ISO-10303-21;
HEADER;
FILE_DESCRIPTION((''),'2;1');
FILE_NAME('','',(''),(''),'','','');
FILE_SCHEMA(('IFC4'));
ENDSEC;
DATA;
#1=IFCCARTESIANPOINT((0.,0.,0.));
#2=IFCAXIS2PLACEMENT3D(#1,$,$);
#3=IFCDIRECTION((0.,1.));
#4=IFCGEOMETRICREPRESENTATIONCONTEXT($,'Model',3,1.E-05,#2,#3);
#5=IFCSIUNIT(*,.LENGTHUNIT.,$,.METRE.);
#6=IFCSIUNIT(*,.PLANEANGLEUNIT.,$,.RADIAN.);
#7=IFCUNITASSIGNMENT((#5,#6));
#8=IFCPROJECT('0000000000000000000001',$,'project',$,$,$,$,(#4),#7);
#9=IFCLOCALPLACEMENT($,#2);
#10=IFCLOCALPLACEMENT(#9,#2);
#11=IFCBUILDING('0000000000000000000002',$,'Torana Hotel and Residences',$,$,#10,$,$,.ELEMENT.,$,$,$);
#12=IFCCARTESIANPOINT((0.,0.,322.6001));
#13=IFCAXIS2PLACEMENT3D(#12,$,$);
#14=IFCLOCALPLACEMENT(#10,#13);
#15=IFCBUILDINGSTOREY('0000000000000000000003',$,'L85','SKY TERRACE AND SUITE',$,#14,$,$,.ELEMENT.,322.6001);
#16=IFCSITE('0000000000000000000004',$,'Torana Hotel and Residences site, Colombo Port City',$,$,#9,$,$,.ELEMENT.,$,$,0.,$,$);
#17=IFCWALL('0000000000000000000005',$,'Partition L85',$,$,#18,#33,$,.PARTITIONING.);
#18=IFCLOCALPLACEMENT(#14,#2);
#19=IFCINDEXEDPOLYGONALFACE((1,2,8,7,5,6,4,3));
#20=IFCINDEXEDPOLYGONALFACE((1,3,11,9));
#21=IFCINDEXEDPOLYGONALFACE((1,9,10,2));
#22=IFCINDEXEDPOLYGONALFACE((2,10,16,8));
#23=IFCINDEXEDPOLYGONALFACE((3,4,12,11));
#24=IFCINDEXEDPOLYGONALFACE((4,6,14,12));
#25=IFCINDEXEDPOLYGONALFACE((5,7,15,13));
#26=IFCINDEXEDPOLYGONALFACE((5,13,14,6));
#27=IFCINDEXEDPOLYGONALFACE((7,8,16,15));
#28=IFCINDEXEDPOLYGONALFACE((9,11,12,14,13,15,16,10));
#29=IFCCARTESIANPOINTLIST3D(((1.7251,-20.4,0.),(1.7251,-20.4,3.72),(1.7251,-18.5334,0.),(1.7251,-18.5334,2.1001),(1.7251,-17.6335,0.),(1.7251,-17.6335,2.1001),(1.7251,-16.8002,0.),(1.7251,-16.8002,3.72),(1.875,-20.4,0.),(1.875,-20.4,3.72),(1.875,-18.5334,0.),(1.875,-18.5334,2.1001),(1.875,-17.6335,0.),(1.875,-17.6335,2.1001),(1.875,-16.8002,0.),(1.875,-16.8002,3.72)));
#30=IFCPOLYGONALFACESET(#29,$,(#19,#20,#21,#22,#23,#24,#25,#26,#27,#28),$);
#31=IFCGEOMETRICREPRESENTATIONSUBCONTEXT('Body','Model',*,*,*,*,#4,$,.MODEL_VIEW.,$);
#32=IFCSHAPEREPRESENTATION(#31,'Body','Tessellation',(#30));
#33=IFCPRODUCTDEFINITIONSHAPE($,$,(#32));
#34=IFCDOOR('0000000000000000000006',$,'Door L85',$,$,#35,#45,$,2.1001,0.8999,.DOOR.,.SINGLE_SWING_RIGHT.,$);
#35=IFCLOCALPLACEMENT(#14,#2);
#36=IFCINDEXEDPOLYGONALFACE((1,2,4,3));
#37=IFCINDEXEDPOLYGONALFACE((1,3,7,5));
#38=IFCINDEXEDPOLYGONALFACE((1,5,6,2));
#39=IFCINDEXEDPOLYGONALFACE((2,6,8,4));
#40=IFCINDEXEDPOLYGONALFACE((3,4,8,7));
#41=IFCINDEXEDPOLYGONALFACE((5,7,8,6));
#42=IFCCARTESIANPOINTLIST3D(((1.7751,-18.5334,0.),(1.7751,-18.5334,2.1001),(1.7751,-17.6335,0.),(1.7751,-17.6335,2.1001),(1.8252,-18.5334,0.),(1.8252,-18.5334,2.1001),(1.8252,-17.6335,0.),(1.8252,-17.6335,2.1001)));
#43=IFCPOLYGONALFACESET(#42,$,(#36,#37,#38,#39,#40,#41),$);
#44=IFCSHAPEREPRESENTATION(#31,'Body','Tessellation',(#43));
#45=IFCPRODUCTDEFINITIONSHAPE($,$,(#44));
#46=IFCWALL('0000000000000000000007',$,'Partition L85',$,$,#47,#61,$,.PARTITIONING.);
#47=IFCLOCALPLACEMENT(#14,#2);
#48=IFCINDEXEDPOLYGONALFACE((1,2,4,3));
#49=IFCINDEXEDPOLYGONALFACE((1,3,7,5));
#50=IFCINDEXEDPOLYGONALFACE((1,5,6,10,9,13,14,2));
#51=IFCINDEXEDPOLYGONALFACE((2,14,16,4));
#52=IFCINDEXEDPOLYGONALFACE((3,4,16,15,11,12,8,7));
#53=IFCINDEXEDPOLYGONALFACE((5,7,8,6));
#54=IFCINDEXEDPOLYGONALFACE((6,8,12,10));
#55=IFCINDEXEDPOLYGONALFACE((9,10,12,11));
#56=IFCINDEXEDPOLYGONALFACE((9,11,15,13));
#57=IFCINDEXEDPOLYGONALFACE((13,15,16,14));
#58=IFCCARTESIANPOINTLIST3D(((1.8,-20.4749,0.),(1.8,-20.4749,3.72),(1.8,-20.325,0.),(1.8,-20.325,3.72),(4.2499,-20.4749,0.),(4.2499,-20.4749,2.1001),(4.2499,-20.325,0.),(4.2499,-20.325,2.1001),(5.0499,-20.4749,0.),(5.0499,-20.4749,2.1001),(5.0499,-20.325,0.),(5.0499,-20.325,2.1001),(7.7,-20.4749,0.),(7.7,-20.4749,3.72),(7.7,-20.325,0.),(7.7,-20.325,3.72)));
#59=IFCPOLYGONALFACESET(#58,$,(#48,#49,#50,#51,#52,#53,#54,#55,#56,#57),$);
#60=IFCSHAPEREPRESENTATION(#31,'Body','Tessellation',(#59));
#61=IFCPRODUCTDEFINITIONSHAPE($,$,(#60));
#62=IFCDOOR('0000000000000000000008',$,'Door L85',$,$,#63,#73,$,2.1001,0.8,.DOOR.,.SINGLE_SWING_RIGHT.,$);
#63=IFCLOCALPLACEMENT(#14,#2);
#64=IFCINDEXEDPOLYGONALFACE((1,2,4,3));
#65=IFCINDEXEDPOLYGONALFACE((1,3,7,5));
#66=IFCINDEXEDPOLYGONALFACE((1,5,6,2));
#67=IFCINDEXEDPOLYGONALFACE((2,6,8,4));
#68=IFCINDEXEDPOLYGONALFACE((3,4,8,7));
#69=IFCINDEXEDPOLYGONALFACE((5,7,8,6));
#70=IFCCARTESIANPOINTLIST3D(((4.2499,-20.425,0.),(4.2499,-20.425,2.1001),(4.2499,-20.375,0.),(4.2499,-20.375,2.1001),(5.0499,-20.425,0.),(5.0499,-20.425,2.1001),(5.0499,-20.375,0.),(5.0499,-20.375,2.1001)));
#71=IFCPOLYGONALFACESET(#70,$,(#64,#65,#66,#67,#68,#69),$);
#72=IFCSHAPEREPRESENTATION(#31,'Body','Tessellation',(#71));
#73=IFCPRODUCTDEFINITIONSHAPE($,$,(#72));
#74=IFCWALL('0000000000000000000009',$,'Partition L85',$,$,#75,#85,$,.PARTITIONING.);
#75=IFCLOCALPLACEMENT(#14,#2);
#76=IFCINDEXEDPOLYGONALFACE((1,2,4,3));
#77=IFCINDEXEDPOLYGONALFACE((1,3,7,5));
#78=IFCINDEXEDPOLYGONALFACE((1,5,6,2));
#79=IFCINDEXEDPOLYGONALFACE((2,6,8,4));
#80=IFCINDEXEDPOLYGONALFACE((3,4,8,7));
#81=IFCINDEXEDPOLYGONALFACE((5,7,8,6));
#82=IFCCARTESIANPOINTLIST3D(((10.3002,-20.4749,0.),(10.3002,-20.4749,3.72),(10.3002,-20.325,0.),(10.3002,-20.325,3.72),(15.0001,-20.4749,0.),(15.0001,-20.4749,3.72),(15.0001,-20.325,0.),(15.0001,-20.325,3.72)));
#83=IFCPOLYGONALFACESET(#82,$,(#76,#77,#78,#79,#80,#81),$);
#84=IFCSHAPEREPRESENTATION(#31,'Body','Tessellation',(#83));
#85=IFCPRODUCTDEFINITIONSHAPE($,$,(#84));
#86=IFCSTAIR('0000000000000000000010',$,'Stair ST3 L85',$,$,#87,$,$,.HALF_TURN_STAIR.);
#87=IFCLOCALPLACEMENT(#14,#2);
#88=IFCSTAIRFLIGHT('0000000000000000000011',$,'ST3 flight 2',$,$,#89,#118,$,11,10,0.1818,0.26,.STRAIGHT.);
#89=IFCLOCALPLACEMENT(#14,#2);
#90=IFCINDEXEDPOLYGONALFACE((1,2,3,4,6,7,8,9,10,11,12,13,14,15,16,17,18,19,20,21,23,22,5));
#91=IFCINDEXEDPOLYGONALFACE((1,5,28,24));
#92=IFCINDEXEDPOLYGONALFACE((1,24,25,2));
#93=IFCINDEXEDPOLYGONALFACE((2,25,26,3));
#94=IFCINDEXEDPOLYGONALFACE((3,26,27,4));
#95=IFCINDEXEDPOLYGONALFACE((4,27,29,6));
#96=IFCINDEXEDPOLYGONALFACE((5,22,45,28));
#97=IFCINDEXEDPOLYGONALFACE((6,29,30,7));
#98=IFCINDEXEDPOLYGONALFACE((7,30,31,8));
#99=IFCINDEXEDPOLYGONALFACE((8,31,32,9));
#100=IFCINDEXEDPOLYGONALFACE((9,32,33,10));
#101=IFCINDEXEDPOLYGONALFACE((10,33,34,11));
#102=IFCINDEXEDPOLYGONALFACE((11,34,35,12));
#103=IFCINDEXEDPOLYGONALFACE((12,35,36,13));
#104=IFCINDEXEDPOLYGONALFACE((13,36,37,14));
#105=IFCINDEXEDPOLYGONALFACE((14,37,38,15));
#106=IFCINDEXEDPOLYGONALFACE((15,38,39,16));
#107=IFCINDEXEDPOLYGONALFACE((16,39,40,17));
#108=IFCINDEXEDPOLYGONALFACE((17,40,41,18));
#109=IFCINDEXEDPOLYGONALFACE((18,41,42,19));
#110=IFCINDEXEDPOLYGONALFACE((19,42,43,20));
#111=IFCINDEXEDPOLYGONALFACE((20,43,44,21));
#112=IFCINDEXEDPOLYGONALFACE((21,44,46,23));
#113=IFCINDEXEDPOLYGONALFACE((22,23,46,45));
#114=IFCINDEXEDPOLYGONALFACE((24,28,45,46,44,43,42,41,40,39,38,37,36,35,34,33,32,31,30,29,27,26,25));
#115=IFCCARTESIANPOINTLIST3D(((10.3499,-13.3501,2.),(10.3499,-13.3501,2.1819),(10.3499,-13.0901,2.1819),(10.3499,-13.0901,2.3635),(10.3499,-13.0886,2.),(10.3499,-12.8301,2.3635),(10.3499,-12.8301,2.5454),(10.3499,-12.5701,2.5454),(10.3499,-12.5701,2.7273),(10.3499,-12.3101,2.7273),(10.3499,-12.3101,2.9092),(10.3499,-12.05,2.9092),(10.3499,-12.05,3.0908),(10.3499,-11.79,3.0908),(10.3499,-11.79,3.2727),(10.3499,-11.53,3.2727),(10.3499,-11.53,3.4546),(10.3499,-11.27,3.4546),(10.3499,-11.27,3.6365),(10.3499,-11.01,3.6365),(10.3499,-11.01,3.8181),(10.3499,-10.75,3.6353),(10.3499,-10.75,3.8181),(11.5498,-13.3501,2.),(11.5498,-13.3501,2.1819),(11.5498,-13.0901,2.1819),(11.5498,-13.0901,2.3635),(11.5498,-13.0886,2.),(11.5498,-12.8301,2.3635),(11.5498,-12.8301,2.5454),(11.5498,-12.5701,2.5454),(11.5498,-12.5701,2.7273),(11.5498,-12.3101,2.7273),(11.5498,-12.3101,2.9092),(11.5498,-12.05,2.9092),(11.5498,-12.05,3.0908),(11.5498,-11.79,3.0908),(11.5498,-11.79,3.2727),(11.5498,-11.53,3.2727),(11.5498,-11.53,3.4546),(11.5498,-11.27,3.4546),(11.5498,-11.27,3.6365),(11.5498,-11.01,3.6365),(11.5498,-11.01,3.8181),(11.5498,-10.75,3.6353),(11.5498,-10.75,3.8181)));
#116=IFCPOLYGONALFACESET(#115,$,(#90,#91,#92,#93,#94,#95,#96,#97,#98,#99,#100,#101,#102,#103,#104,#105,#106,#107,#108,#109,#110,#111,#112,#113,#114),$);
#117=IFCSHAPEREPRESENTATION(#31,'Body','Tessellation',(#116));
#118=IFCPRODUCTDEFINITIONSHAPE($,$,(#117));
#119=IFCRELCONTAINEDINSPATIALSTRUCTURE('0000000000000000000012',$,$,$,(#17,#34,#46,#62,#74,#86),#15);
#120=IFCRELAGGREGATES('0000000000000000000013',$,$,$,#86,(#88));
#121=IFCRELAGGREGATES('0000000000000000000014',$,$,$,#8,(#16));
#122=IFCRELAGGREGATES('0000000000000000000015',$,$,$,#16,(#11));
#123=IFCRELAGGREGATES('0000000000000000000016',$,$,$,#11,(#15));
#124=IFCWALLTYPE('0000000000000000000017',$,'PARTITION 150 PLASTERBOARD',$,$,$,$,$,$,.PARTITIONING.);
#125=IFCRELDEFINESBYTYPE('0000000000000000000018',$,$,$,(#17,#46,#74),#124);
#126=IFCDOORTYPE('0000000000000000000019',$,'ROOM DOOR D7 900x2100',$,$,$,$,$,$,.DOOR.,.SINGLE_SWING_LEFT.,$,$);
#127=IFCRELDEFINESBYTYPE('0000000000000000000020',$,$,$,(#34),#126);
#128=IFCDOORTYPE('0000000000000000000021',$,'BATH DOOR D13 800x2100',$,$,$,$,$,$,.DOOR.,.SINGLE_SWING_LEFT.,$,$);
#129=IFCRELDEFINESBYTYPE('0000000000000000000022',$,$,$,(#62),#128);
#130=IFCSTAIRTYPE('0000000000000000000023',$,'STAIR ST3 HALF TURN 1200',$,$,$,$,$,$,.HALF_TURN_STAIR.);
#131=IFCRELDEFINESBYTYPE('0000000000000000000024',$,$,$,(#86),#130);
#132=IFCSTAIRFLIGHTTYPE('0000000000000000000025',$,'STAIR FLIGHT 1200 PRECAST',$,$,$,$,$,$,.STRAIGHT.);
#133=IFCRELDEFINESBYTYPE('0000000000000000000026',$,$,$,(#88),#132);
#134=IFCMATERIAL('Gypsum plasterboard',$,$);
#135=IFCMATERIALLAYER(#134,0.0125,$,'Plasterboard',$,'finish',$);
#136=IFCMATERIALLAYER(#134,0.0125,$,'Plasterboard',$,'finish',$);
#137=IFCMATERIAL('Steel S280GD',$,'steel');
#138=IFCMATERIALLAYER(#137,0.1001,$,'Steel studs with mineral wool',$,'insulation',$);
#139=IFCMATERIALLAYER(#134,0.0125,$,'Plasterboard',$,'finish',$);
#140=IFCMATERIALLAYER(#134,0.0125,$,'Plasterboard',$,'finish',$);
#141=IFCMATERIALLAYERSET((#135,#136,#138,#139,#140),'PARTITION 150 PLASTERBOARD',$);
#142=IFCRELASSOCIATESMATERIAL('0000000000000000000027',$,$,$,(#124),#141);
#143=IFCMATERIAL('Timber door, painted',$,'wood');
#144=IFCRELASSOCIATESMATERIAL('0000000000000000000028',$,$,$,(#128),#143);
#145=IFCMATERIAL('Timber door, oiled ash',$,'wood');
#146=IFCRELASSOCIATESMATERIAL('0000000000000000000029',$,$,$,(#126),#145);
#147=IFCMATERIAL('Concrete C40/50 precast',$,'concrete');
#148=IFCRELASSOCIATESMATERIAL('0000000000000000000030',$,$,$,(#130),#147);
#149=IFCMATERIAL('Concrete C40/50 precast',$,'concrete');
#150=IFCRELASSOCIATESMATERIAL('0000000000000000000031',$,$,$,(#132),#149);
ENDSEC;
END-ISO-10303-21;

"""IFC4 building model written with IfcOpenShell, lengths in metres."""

from ifc_helpers import new_model, si_unit, direction, frame, frame_2d, origin, place, context, subcontext, project, spatial, polyline, rectangle, outline, extrude, material, layer, layer_set, type_object, element, fill, aggregate, save


model = new_model("IFC4")

# Units and contexts
model_context = context("Model", 3, precision=1e-05, world=origin(), true_north=direction((0.0, 1.0)))
body_context = subcontext(model_context, "Body", "Model", "MODEL_VIEW")
ifc_project = project(units=[si_unit("LENGTHUNIT", "METRE"), si_unit("PLANEANGLEUNIT", "RADIAN")], contexts=[model_context])

# Site, building, storey
site_placement = place(None, origin())
site = spatial("IfcSite", under=ifc_project, at=site_placement, Name="Torana Hotel and Residences site, Colombo Port City", CompositionType="ELEMENT", RefElevation=0.0)
building_placement = place(site_placement, origin())
building = spatial("IfcBuilding", under=site, at=building_placement, Name="Torana Hotel and Residences", CompositionType="ELEMENT")
storey_placement = place(building_placement, frame((0.0, 0.0, 322.6001)))
storey = spatial("IfcBuildingStorey", under=building, at=storey_placement, Name="L85", Description="SKY TERRACE AND SUITE", CompositionType="ELEMENT", Elevation=322.6001)

# Shared definitions
ifc_material_1 = material(Name="Gypsum plasterboard")
ifc_layer_1 = layer(ifc_material_1, 0.0125, Name="Plasterboard", Category="finish")
ifc_layer_2 = layer(ifc_material_1, 0.0125, Name="Plasterboard", Category="finish")
ifc_material_2 = material(Name="Steel S280GD", Category="steel")
ifc_layer_3 = layer(ifc_material_2, 0.1001, Name="Steel studs with mineral wool", Category="insulation")
ifc_layer_4 = layer(ifc_material_1, 0.0125, Name="Plasterboard", Category="finish")
ifc_layer_5 = layer(ifc_material_1, 0.0125, Name="Plasterboard", Category="finish")
ifc_layer_set_1 = layer_set([ifc_layer_1, ifc_layer_2, ifc_layer_3, ifc_layer_4, ifc_layer_5], Name="PARTITION 150 PLASTERBOARD")
wall_type_1 = type_object("IfcWallType", Name="PARTITION 150 PLASTERBOARD", PredefinedType="PARTITIONING", material=ifc_layer_set_1)

# Shared definitions
ifc_material_3 = material(Name="Timber door, painted", Category="wood")
door_type_1 = type_object("IfcDoorType", Name="BATH DOOR D13 800x2100", OperationType="SINGLE_SWING_LEFT", PredefinedType="DOOR", material=ifc_material_3)

# Walls, openings, doors
wall_1_placement = place(storey_placement, frame((1.8, -20.3999, 0.0), z_axis=(0.0, 0.0, 1.0), x_axis=(0.0, 1.0, 0.0)))
wall_1 = element("IfcWall", 1, at=wall_1_placement, inside=storey, type_object=wall_type_1, Name="Partition L85", PredefinedType="PARTITIONING", context=body_context, shape_type="SweptSolid", body=[
    extrude(rectangle(XDim=3.5999, YDim=0.1499, at=frame_2d((1.7998, 0.0))), origin(), (0.0, 0.0, 1.0), 3.72),
])
opening_1_placement = place(wall_1_placement, frame((1.8665, 0.0, 0.0)))
opening_1 = element("IfcOpeningElement", 2, at=opening_1_placement, cuts=wall_1, PredefinedType="OPENING", context=body_context, shape_type="SweptSolid", body=[
    extrude(rectangle(XDim=0.8999, YDim=2.1001, at=frame_2d((0.45, 1.05))), frame((0.0, 0.085, 0.0), z_axis=(0.0, -1.0, 0.0), x_axis=(1.0, 0.0, 0.0)), (0.0, 0.0, 1.0), 0.1699),
])
ifc_material_4 = material(Name="Timber door, oiled ash", Category="wood")
door_type_2 = type_object("IfcDoorType", Name="ROOM DOOR D7 900x2100", OperationType="SINGLE_SWING_LEFT", PredefinedType="DOOR", material=ifc_material_4)
door_1_placement = place(opening_1_placement, origin())
door_1 = element("IfcDoor", 3, at=door_1_placement, inside=storey, type_object=door_type_2, Name="Door L85", OperationType="SINGLE_SWING_RIGHT", OverallHeight=2.1001, OverallWidth=0.8999, PredefinedType="DOOR", context=body_context, shape_type="SweptSolid", body=[
    extrude(rectangle(XDim=0.8999, YDim=2.1001, at=frame_2d((0.45, 1.05))), frame((0.0, 0.0249, 0.0), z_axis=(0.0, -1.0, 0.0), x_axis=(1.0, 0.0, 0.0)), (0.0, 0.0, 1.0), 0.05),
])
fill(opening_1, door_1)
wall_2_placement = place(storey_placement, frame((1.8, -20.3999, 0.0), z_axis=(0.0, 0.0, 1.0), x_axis=(1.0, 0.0, 0.0)))
wall_2 = element("IfcWall", 4, at=wall_2_placement, inside=storey, type_object=wall_type_1, Name="Partition L85", PredefinedType="PARTITIONING", context=body_context, shape_type="SweptSolid", body=[
    extrude(rectangle(XDim=5.8999, YDim=0.1499, at=frame_2d((2.95, 0.0))), origin(), (0.0, 0.0, 1.0), 3.72),
])
opening_2_placement = place(wall_2_placement, frame((2.45, 0.0, 0.0)))
opening_2 = element("IfcOpeningElement", 5, at=opening_2_placement, cuts=wall_2, PredefinedType="OPENING", context=body_context, shape_type="SweptSolid", body=[
    extrude(rectangle(XDim=0.8, YDim=2.1001, at=frame_2d((0.3999, 1.05))), frame((0.0, 0.085, 0.0), z_axis=(0.0, -1.0, 0.0), x_axis=(1.0, 0.0, 0.0)), (0.0, 0.0, 1.0), 0.1699),
])
door_2_placement = place(opening_2_placement, origin())
door_2 = element("IfcDoor", 6, at=door_2_placement, inside=storey, type_object=door_type_1, Name="Door L85", OperationType="SINGLE_SWING_RIGHT", OverallHeight=2.1001, OverallWidth=0.8, PredefinedType="DOOR", context=body_context, shape_type="SweptSolid", body=[
    extrude(rectangle(XDim=0.8, YDim=2.1001, at=frame_2d((0.3999, 1.05))), frame((0.0, 0.0249, 0.0), z_axis=(0.0, -1.0, 0.0), x_axis=(1.0, 0.0, 0.0)), (0.0, 0.0, 1.0), 0.05),
])
fill(opening_2, door_2)

# Wall
wall_3_placement = place(storey_placement, frame((10.3, -20.3999, 0.0), z_axis=(0.0, 0.0, 1.0), x_axis=(1.0, 0.0, 0.0)))
element("IfcWall", 7, at=wall_3_placement, inside=storey, type_object=wall_type_1, Name="Partition L85", PredefinedType="PARTITIONING", context=body_context, shape_type="SweptSolid", body=[
    extrude(rectangle(XDim=4.7, YDim=0.1499, at=frame_2d((2.3501, 0.0))), origin(), (0.0, 0.0, 1.0), 3.72),
])

# Stair, stair flight
ifc_material_5 = material(Name="Concrete C40/50 precast", Category="concrete")
stair_type = type_object("IfcStairType", Name="STAIR ST3 HALF TURN 1200", PredefinedType="HALF_TURN_STAIR", material=ifc_material_5)
stair_placement = place(storey_placement, origin())
stair = element("IfcStair", 8, at=stair_placement, inside=storey, type_object=stair_type, Name="Stair ST3 L85", PredefinedType="HALF_TURN_STAIR")
ifc_material_6 = material(Name="Concrete C40/50 precast", Category="concrete")
stair_flight_type = type_object("IfcStairFlightType", Name="STAIR FLIGHT 1200 PRECAST", PredefinedType="STRAIGHT", material=ifc_material_6)
stair_flight_placement = place(storey_placement, frame((10.95, -13.3501, 2.0), z_axis=(0.0, 0.0, 1.0), x_axis=(0.0, 1.0, 0.0)))
stair_flight = element("IfcStairFlight", 9, at=stair_flight_placement, type_object=stair_flight_type, Name="ST3 flight 2", NumberOfRisers=11, NumberOfTreads=10, PredefinedType="STRAIGHT", RiserHeight=0.1818, TreadLength=0.26, context=body_context, shape_type="SweptSolid", body=[
    extrude(outline(polyline([(0.0, 0.0), (0.0, 0.1819), (0.26, 0.1819), (0.26, 0.3635), (0.52, 0.3635), (0.52, 0.5454), (0.78, 0.5454), (0.78, 0.7273), (1.04, 0.7273), (1.04, 0.9092), (1.3, 0.9092), (1.3, 1.0908), (1.5601, 1.0908), (1.5601, 1.2727), (1.8201, 1.2727), (1.8201, 1.4546), (2.0801, 1.4546), (2.0801, 1.6365), (2.3401, 1.6365), (2.3401, 1.8181), (2.6001, 1.8181), (2.6001, 2.0), (2.6001, 1.6353), (0.2615, 0.0), (0.0, 0.0)])), frame((0.0, 0.6001, 0.0), z_axis=(0.0, -1.0, 0.0), x_axis=(1.0, 0.0, 0.0)), (0.0, 0.0, 1.0), 1.2),
])
aggregate(stair, [stair_flight])

save(model, "model.ifc")
